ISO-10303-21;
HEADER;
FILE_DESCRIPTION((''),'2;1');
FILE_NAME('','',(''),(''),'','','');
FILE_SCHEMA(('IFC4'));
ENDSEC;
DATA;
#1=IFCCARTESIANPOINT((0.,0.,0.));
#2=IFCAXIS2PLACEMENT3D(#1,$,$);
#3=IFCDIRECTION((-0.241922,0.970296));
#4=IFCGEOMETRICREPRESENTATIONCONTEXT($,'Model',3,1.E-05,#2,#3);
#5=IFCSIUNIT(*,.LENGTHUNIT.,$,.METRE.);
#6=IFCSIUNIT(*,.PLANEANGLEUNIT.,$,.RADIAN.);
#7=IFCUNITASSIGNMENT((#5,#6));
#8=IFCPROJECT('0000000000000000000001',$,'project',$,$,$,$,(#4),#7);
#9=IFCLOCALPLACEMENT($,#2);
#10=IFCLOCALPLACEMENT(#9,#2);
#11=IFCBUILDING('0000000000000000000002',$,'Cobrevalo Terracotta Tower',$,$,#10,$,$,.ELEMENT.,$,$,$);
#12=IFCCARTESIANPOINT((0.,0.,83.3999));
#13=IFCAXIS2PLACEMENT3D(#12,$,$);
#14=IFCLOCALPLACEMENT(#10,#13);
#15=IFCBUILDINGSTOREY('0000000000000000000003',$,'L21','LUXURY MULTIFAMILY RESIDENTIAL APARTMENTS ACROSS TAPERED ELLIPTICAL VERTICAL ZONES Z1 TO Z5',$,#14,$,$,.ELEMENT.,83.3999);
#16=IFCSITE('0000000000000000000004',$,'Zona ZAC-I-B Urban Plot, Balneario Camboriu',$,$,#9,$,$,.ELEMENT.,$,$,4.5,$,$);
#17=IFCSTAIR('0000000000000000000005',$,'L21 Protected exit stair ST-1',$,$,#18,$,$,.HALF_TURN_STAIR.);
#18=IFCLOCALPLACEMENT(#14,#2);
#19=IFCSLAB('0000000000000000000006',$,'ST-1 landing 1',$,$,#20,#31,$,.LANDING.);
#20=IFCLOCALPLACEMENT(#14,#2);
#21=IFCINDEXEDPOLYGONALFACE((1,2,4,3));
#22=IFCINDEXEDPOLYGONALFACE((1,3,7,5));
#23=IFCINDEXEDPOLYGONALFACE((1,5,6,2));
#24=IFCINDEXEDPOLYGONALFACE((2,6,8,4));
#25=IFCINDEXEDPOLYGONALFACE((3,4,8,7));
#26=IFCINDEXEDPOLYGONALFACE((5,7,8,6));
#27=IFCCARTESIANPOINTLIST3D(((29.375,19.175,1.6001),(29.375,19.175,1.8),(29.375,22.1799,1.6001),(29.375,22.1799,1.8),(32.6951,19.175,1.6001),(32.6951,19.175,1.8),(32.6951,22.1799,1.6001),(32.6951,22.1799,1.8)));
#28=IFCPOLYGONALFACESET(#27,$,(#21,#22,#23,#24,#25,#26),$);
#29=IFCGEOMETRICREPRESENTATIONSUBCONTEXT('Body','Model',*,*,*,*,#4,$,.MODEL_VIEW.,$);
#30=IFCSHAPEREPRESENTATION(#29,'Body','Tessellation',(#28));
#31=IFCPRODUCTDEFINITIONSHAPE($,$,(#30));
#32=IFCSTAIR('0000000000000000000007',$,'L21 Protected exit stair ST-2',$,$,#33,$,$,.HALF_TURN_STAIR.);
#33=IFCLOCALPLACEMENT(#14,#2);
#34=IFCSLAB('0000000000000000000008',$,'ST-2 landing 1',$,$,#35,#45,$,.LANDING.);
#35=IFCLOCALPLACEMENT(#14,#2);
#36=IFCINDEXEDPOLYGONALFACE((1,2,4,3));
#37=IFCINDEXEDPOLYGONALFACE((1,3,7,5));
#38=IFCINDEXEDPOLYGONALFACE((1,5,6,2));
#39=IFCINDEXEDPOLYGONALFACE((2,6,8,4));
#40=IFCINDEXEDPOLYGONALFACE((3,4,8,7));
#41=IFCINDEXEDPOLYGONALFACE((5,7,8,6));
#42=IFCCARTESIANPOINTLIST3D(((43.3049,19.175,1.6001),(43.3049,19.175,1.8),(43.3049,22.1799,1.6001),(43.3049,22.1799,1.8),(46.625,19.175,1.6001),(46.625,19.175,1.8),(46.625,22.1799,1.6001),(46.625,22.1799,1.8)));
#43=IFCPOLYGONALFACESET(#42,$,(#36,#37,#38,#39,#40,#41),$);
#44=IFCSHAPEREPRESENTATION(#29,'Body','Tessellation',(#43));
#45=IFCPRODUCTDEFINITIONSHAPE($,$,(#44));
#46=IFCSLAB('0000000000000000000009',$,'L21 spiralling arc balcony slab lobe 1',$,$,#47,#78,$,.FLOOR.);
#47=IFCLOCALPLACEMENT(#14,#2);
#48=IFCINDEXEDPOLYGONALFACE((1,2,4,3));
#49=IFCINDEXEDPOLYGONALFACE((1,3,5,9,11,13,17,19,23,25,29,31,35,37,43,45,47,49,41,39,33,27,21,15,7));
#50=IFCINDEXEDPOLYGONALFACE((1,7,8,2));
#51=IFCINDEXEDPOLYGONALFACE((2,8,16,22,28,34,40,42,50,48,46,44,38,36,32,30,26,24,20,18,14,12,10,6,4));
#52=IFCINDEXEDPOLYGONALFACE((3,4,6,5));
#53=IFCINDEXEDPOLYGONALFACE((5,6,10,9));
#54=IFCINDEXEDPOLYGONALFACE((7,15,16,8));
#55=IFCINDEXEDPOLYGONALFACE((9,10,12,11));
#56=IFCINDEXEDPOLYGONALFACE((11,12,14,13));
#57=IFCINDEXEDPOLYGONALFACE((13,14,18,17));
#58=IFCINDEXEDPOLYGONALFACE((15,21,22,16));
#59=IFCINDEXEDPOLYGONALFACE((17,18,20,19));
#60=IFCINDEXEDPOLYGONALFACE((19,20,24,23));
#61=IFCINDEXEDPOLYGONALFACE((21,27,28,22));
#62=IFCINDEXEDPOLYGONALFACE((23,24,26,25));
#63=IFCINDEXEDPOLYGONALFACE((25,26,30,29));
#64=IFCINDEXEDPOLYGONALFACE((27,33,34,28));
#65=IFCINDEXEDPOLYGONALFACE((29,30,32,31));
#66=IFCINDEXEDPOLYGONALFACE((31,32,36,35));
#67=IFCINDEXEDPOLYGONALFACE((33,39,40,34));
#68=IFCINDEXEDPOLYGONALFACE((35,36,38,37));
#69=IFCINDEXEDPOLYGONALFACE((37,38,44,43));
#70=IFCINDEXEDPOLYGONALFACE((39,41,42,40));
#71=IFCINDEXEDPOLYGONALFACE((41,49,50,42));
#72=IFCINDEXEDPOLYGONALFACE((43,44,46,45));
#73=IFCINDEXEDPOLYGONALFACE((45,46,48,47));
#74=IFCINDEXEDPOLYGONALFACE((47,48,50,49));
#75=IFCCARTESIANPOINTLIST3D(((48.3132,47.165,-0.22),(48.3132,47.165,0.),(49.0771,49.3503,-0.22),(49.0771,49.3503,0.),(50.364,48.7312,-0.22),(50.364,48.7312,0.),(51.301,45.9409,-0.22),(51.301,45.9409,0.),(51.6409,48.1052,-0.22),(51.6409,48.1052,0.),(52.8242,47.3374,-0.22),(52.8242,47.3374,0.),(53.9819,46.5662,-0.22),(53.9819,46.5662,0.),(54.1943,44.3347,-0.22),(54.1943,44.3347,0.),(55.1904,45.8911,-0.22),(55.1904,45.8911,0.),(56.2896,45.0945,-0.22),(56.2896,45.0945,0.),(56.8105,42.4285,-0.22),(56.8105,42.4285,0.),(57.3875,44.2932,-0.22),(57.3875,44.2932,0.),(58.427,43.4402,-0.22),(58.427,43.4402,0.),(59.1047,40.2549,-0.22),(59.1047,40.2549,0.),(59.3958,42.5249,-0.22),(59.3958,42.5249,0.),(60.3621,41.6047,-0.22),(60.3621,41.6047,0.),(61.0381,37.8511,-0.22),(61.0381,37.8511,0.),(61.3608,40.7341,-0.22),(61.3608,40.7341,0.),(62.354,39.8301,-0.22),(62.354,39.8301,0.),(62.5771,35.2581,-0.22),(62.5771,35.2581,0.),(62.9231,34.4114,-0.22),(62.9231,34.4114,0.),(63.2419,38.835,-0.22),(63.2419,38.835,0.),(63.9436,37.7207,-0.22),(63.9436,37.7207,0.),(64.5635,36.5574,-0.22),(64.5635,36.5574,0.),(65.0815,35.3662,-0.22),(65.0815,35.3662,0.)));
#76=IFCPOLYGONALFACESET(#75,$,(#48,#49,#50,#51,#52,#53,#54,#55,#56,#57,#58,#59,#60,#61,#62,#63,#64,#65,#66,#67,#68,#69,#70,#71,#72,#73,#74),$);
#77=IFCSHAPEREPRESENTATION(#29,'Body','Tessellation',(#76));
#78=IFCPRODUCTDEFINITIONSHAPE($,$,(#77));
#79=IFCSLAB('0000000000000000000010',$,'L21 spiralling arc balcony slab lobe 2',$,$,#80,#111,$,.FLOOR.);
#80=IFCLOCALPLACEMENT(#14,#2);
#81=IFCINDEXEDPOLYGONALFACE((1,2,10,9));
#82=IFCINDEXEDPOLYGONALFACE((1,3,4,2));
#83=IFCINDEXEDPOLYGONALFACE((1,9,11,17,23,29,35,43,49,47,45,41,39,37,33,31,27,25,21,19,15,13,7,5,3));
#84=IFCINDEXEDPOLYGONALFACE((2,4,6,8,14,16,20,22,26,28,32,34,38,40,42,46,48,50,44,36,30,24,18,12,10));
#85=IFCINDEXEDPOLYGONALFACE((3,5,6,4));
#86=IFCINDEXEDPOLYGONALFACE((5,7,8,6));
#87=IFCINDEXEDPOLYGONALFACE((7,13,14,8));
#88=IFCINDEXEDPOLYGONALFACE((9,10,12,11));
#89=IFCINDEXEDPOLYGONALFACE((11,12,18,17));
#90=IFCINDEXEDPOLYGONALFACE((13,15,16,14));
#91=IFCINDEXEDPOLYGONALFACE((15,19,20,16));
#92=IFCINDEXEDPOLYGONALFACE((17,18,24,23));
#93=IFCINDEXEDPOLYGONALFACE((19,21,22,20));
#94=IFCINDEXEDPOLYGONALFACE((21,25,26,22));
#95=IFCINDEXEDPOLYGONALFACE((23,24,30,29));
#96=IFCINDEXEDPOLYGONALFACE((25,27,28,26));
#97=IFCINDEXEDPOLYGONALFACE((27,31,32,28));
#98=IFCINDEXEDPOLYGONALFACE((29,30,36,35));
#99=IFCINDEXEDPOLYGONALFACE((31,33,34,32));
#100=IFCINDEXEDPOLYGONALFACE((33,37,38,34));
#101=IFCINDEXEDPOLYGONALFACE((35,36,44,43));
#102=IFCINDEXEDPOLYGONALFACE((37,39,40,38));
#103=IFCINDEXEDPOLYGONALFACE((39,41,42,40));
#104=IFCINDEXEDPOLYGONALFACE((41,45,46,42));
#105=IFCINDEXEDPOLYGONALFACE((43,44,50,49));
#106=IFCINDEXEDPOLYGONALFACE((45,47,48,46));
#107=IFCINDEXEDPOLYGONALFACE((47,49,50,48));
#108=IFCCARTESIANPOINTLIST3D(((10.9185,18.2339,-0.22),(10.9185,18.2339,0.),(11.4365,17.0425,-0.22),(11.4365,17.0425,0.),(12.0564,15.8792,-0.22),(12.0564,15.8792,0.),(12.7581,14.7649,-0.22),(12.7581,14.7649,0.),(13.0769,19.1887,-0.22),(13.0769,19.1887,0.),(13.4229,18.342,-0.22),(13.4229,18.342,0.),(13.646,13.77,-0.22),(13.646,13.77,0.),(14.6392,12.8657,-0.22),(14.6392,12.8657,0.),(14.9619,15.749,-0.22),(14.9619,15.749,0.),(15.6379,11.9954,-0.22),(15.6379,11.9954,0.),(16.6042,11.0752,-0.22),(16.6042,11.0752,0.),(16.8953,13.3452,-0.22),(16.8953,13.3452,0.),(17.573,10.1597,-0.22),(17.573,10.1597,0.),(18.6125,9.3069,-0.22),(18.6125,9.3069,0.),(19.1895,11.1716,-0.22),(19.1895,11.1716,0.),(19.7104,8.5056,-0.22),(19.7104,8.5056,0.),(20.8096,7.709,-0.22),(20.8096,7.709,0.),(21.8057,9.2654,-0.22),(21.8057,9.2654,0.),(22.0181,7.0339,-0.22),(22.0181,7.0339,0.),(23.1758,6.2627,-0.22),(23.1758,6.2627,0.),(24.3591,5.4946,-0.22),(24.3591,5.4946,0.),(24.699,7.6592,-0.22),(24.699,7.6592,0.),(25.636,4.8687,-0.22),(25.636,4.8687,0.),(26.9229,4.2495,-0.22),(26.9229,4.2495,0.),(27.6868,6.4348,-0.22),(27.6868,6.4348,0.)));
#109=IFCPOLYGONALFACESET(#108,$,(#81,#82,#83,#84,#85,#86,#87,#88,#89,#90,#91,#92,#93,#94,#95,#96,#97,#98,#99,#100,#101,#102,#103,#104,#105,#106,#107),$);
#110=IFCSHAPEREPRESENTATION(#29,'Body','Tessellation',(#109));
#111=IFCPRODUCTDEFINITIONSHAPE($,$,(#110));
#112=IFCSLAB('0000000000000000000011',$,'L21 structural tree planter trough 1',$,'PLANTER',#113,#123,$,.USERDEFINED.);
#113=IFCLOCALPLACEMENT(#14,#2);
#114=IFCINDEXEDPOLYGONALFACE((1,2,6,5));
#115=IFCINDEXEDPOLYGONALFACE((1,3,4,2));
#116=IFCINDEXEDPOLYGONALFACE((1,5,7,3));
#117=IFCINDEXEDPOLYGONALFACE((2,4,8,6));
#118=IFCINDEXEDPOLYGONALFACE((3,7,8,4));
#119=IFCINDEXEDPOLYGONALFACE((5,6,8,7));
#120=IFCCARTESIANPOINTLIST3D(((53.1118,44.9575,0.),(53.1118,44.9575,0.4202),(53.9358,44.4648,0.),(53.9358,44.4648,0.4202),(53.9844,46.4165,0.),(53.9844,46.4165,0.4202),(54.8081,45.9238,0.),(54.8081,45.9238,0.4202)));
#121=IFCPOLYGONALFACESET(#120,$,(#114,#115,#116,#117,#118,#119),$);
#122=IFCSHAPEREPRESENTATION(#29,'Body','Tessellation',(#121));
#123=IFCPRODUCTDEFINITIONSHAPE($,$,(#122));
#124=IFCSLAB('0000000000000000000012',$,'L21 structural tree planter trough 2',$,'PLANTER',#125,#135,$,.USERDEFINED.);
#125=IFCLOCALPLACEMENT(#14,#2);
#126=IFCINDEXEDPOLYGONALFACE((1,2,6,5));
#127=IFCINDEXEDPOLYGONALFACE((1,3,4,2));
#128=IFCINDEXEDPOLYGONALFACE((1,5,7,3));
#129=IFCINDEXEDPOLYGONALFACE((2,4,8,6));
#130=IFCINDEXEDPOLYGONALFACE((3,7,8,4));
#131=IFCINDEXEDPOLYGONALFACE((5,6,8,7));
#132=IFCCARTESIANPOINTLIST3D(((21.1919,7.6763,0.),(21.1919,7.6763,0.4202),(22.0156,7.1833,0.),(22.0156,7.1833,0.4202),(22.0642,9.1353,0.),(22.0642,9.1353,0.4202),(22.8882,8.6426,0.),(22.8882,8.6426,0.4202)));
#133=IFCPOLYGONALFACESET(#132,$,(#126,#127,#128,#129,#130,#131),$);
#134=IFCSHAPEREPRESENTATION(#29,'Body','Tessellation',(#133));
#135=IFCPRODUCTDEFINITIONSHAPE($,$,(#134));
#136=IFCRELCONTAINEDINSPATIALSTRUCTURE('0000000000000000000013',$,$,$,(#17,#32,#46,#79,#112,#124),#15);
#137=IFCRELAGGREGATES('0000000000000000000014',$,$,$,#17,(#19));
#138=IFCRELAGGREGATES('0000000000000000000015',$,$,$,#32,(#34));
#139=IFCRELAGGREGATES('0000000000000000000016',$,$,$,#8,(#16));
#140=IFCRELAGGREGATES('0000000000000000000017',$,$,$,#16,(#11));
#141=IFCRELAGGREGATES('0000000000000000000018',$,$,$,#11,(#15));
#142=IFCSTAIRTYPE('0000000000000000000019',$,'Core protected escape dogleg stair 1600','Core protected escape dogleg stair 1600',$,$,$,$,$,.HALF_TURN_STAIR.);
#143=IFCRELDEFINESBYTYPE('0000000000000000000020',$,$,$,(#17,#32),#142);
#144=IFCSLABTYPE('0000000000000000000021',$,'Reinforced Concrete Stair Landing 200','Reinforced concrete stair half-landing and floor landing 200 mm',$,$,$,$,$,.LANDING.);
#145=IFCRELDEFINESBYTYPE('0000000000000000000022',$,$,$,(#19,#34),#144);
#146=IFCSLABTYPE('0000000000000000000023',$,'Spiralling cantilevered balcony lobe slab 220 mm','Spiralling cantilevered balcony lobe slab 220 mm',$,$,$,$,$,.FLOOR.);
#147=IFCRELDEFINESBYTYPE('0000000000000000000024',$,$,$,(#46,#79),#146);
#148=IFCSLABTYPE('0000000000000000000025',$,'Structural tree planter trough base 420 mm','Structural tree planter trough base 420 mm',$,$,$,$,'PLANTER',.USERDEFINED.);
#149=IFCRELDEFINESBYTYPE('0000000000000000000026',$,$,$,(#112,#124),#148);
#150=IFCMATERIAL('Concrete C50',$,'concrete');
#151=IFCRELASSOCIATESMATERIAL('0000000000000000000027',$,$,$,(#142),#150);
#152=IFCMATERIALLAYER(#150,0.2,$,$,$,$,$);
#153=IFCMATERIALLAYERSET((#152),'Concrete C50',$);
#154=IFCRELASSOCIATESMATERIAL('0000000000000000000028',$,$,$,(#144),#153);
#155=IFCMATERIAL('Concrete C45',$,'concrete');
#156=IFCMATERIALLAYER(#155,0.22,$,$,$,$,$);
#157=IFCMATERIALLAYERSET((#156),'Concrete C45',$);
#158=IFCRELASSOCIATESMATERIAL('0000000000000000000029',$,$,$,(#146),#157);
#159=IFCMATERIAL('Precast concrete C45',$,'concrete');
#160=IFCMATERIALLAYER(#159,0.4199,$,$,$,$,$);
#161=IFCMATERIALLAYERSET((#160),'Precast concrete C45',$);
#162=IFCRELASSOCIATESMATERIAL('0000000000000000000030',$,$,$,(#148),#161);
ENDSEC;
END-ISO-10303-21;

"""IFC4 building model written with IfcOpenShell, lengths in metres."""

from ifc_helpers import new_model, si_unit, direction, frame, origin, place, context, subcontext, project, spatial, polyline, outline, extrude, material, layer, layer_set, type_object, element, aggregate, save


model = new_model("IFC4")

# Units and contexts
model_context = context("Model", 3, precision=1e-05, world=origin(), true_north=direction((-0.241922, 0.970296)))
body_context = subcontext(model_context, "Body", "Model", "MODEL_VIEW")
ifc_project = project(units=[si_unit("LENGTHUNIT", "METRE"), si_unit("PLANEANGLEUNIT", "RADIAN")], contexts=[model_context])

# Site, building, storey
site_placement = place(None, origin())
site = spatial("IfcSite", under=ifc_project, at=site_placement, Name="Zona ZAC-I-B Urban Plot, Balneario Camboriu", CompositionType="ELEMENT", RefElevation=4.5)
building_placement = place(site_placement, origin())
building = spatial("IfcBuilding", under=site, at=building_placement, Name="Cobrevalo Terracotta Tower", CompositionType="ELEMENT")
storey_placement = place(building_placement, frame((0.0, 0.0, 83.3999)))
storey = spatial("IfcBuildingStorey", under=building, at=storey_placement, Name="L21", Description="LUXURY MULTIFAMILY RESIDENTIAL APARTMENTS ACROSS TAPERED ELLIPTICAL VERTICAL ZONES Z1 TO Z5", CompositionType="ELEMENT", Elevation=83.3999)

# Stairs, slabs
ifc_material_1 = material(Name="Concrete C50", Category="concrete")
stair_type = type_object("IfcStairType", Name="Core protected escape dogleg stair 1600", Description="Core protected escape dogleg stair 1600", PredefinedType="HALF_TURN_STAIR", material=ifc_material_1)
stair_1_placement = place(storey_placement, origin())
stair_1 = element("IfcStair", 1, at=stair_1_placement, inside=storey, type_object=stair_type, Name="L21 Protected exit stair ST-1", PredefinedType="HALF_TURN_STAIR")
ifc_layer_1 = layer(ifc_material_1, 0.2)
ifc_layer_set_1 = layer_set([ifc_layer_1], Name="Concrete C50")
slab_type_1 = type_object("IfcSlabType", Name="Reinforced Concrete Stair Landing 200", Description="Reinforced concrete stair half-landing and floor landing 200 mm", PredefinedType="LANDING", material=ifc_layer_set_1)
slab_1_placement = place(storey_placement, frame((0.0, 0.0, 1.6001)))
slab_1 = element("IfcSlab", 2, at=slab_1_placement, type_object=slab_type_1, Name="ST-1 landing 1", PredefinedType="LANDING", context=body_context, shape_type="SweptSolid", body=[
    extrude(outline(polyline([(29.375, 22.1799), (29.375, 19.175), (32.6951, 19.175), (32.6951, 22.1799), (29.375, 22.1799)])), origin(), (0.0, 0.0, 1.0), 0.2),
])
aggregate(stair_1, [slab_1])
stair_2_placement = place(storey_placement, origin())
stair_2 = element("IfcStair", 3, at=stair_2_placement, inside=storey, type_object=stair_type, Name="L21 Protected exit stair ST-2", PredefinedType="HALF_TURN_STAIR")
slab_2_placement = place(storey_placement, frame((0.0, 0.0, 1.6001)))
slab_2 = element("IfcSlab", 4, at=slab_2_placement, type_object=slab_type_1, Name="ST-2 landing 1", PredefinedType="LANDING", context=body_context, shape_type="SweptSolid", body=[
    extrude(outline(polyline([(43.3049, 22.1799), (43.3049, 19.175), (46.625, 19.175), (46.625, 22.1799), (43.3049, 22.1799)])), origin(), (0.0, 0.0, 1.0), 0.2),
])
aggregate(stair_2, [slab_2])

# Slabs
ifc_material_2 = material(Name="Concrete C45", Category="concrete")
ifc_layer_2 = layer(ifc_material_2, 0.22)
ifc_layer_set_2 = layer_set([ifc_layer_2], Name="Concrete C45")
slab_type_2 = type_object("IfcSlabType", Name="Spiralling cantilevered balcony lobe slab 220 mm", Description="Spiralling cantilevered balcony lobe slab 220 mm", PredefinedType="FLOOR", material=ifc_layer_set_2)
slab_3_placement = place(storey_placement, frame((0.0, 0.0, -0.22)))
element("IfcSlab", 5, at=slab_3_placement, inside=storey, type_object=slab_type_2, Name="L21 spiralling arc balcony slab lobe 1", PredefinedType="FLOOR", context=body_context, shape_type="SweptSolid", body=[
    extrude(outline(polyline([(65.0815, 35.3662), (64.5635, 36.5574), (63.9436, 37.7207), (63.2419, 38.835), (62.354, 39.8301), (61.3608, 40.7341), (60.3621, 41.6047), (59.3958, 42.5249), (58.427, 43.4402), (57.3875, 44.2932), (56.2896, 45.0945), (55.1904, 45.8911), (53.9819, 46.5662), (52.8242, 47.3374), (51.6409, 48.1052), (50.364, 48.7312), (49.0771, 49.3503), (48.3132, 47.165), (51.301, 45.9409), (54.1943, 44.3347), (56.8105, 42.4285), (59.1047, 40.2549), (61.0381, 37.8511), (62.5771, 35.2581), (62.9231, 34.4114), (65.0815, 35.3662)])), origin(), (0.0, 0.0, 1.0), 0.22),
])
slab_4_placement = place(storey_placement, frame((0.0, 0.0, -0.22)))
element("IfcSlab", 6, at=slab_4_placement, inside=storey, type_object=slab_type_2, Name="L21 spiralling arc balcony slab lobe 2", PredefinedType="FLOOR", context=body_context, shape_type="SweptSolid", body=[
    extrude(outline(polyline([(10.9185, 18.2339), (11.4365, 17.0425), (12.0564, 15.8792), (12.7581, 14.7649), (13.646, 13.77), (14.6392, 12.8657), (15.6379, 11.9954), (16.6042, 11.0752), (17.573, 10.1597), (18.6125, 9.3069), (19.7104, 8.5056), (20.8096, 7.709), (22.0181, 7.0339), (23.1758, 6.2627), (24.3591, 5.4946), (25.636, 4.8687), (26.9229, 4.2495), (27.6868, 6.4348), (24.699, 7.6592), (21.8057, 9.2654), (19.1895, 11.1716), (16.8953, 13.3452), (14.9619, 15.749), (13.4229, 18.342), (13.0769, 19.1887), (10.9185, 18.2339)])), origin(), (0.0, 0.0, 1.0), 0.22),
])
ifc_material_3 = material(Name="Precast concrete C45", Category="concrete")
ifc_layer_3 = layer(ifc_material_3, 0.4199)
ifc_layer_set_3 = layer_set([ifc_layer_3], Name="Precast concrete C45")
slab_type_3 = type_object("IfcSlabType", Name="Structural tree planter trough base 420 mm", Description="Structural tree planter trough base 420 mm", ElementType="PLANTER", PredefinedType="USERDEFINED", material=ifc_layer_set_3)
slab_5_placement = place(storey_placement, origin())
element("IfcSlab", 7, at=slab_5_placement, inside=storey, type_object=slab_type_3, Name="L21 structural tree planter trough 1", ObjectType="PLANTER", PredefinedType="USERDEFINED", context=body_context, shape_type="SweptSolid", body=[
    extrude(outline(polyline([(53.9358, 44.4648), (54.8081, 45.9238), (53.9844, 46.4165), (53.1118, 44.9575), (53.9358, 44.4648)])), origin(), (0.0, 0.0, 1.0), 0.4202),
])
slab_6_placement = place(storey_placement, origin())
element("IfcSlab", 8, at=slab_6_placement, inside=storey, type_object=slab_type_3, Name="L21 structural tree planter trough 2", ObjectType="PLANTER", PredefinedType="USERDEFINED", context=body_context, shape_type="SweptSolid", body=[
    extrude(outline(polyline([(22.0642, 9.1353), (21.1919, 7.6763), (22.0156, 7.1833), (22.8882, 8.6426), (22.0642, 9.1353)])), origin(), (0.0, 0.0, 1.0), 0.4202),
])

save(model, "model.ifc")
